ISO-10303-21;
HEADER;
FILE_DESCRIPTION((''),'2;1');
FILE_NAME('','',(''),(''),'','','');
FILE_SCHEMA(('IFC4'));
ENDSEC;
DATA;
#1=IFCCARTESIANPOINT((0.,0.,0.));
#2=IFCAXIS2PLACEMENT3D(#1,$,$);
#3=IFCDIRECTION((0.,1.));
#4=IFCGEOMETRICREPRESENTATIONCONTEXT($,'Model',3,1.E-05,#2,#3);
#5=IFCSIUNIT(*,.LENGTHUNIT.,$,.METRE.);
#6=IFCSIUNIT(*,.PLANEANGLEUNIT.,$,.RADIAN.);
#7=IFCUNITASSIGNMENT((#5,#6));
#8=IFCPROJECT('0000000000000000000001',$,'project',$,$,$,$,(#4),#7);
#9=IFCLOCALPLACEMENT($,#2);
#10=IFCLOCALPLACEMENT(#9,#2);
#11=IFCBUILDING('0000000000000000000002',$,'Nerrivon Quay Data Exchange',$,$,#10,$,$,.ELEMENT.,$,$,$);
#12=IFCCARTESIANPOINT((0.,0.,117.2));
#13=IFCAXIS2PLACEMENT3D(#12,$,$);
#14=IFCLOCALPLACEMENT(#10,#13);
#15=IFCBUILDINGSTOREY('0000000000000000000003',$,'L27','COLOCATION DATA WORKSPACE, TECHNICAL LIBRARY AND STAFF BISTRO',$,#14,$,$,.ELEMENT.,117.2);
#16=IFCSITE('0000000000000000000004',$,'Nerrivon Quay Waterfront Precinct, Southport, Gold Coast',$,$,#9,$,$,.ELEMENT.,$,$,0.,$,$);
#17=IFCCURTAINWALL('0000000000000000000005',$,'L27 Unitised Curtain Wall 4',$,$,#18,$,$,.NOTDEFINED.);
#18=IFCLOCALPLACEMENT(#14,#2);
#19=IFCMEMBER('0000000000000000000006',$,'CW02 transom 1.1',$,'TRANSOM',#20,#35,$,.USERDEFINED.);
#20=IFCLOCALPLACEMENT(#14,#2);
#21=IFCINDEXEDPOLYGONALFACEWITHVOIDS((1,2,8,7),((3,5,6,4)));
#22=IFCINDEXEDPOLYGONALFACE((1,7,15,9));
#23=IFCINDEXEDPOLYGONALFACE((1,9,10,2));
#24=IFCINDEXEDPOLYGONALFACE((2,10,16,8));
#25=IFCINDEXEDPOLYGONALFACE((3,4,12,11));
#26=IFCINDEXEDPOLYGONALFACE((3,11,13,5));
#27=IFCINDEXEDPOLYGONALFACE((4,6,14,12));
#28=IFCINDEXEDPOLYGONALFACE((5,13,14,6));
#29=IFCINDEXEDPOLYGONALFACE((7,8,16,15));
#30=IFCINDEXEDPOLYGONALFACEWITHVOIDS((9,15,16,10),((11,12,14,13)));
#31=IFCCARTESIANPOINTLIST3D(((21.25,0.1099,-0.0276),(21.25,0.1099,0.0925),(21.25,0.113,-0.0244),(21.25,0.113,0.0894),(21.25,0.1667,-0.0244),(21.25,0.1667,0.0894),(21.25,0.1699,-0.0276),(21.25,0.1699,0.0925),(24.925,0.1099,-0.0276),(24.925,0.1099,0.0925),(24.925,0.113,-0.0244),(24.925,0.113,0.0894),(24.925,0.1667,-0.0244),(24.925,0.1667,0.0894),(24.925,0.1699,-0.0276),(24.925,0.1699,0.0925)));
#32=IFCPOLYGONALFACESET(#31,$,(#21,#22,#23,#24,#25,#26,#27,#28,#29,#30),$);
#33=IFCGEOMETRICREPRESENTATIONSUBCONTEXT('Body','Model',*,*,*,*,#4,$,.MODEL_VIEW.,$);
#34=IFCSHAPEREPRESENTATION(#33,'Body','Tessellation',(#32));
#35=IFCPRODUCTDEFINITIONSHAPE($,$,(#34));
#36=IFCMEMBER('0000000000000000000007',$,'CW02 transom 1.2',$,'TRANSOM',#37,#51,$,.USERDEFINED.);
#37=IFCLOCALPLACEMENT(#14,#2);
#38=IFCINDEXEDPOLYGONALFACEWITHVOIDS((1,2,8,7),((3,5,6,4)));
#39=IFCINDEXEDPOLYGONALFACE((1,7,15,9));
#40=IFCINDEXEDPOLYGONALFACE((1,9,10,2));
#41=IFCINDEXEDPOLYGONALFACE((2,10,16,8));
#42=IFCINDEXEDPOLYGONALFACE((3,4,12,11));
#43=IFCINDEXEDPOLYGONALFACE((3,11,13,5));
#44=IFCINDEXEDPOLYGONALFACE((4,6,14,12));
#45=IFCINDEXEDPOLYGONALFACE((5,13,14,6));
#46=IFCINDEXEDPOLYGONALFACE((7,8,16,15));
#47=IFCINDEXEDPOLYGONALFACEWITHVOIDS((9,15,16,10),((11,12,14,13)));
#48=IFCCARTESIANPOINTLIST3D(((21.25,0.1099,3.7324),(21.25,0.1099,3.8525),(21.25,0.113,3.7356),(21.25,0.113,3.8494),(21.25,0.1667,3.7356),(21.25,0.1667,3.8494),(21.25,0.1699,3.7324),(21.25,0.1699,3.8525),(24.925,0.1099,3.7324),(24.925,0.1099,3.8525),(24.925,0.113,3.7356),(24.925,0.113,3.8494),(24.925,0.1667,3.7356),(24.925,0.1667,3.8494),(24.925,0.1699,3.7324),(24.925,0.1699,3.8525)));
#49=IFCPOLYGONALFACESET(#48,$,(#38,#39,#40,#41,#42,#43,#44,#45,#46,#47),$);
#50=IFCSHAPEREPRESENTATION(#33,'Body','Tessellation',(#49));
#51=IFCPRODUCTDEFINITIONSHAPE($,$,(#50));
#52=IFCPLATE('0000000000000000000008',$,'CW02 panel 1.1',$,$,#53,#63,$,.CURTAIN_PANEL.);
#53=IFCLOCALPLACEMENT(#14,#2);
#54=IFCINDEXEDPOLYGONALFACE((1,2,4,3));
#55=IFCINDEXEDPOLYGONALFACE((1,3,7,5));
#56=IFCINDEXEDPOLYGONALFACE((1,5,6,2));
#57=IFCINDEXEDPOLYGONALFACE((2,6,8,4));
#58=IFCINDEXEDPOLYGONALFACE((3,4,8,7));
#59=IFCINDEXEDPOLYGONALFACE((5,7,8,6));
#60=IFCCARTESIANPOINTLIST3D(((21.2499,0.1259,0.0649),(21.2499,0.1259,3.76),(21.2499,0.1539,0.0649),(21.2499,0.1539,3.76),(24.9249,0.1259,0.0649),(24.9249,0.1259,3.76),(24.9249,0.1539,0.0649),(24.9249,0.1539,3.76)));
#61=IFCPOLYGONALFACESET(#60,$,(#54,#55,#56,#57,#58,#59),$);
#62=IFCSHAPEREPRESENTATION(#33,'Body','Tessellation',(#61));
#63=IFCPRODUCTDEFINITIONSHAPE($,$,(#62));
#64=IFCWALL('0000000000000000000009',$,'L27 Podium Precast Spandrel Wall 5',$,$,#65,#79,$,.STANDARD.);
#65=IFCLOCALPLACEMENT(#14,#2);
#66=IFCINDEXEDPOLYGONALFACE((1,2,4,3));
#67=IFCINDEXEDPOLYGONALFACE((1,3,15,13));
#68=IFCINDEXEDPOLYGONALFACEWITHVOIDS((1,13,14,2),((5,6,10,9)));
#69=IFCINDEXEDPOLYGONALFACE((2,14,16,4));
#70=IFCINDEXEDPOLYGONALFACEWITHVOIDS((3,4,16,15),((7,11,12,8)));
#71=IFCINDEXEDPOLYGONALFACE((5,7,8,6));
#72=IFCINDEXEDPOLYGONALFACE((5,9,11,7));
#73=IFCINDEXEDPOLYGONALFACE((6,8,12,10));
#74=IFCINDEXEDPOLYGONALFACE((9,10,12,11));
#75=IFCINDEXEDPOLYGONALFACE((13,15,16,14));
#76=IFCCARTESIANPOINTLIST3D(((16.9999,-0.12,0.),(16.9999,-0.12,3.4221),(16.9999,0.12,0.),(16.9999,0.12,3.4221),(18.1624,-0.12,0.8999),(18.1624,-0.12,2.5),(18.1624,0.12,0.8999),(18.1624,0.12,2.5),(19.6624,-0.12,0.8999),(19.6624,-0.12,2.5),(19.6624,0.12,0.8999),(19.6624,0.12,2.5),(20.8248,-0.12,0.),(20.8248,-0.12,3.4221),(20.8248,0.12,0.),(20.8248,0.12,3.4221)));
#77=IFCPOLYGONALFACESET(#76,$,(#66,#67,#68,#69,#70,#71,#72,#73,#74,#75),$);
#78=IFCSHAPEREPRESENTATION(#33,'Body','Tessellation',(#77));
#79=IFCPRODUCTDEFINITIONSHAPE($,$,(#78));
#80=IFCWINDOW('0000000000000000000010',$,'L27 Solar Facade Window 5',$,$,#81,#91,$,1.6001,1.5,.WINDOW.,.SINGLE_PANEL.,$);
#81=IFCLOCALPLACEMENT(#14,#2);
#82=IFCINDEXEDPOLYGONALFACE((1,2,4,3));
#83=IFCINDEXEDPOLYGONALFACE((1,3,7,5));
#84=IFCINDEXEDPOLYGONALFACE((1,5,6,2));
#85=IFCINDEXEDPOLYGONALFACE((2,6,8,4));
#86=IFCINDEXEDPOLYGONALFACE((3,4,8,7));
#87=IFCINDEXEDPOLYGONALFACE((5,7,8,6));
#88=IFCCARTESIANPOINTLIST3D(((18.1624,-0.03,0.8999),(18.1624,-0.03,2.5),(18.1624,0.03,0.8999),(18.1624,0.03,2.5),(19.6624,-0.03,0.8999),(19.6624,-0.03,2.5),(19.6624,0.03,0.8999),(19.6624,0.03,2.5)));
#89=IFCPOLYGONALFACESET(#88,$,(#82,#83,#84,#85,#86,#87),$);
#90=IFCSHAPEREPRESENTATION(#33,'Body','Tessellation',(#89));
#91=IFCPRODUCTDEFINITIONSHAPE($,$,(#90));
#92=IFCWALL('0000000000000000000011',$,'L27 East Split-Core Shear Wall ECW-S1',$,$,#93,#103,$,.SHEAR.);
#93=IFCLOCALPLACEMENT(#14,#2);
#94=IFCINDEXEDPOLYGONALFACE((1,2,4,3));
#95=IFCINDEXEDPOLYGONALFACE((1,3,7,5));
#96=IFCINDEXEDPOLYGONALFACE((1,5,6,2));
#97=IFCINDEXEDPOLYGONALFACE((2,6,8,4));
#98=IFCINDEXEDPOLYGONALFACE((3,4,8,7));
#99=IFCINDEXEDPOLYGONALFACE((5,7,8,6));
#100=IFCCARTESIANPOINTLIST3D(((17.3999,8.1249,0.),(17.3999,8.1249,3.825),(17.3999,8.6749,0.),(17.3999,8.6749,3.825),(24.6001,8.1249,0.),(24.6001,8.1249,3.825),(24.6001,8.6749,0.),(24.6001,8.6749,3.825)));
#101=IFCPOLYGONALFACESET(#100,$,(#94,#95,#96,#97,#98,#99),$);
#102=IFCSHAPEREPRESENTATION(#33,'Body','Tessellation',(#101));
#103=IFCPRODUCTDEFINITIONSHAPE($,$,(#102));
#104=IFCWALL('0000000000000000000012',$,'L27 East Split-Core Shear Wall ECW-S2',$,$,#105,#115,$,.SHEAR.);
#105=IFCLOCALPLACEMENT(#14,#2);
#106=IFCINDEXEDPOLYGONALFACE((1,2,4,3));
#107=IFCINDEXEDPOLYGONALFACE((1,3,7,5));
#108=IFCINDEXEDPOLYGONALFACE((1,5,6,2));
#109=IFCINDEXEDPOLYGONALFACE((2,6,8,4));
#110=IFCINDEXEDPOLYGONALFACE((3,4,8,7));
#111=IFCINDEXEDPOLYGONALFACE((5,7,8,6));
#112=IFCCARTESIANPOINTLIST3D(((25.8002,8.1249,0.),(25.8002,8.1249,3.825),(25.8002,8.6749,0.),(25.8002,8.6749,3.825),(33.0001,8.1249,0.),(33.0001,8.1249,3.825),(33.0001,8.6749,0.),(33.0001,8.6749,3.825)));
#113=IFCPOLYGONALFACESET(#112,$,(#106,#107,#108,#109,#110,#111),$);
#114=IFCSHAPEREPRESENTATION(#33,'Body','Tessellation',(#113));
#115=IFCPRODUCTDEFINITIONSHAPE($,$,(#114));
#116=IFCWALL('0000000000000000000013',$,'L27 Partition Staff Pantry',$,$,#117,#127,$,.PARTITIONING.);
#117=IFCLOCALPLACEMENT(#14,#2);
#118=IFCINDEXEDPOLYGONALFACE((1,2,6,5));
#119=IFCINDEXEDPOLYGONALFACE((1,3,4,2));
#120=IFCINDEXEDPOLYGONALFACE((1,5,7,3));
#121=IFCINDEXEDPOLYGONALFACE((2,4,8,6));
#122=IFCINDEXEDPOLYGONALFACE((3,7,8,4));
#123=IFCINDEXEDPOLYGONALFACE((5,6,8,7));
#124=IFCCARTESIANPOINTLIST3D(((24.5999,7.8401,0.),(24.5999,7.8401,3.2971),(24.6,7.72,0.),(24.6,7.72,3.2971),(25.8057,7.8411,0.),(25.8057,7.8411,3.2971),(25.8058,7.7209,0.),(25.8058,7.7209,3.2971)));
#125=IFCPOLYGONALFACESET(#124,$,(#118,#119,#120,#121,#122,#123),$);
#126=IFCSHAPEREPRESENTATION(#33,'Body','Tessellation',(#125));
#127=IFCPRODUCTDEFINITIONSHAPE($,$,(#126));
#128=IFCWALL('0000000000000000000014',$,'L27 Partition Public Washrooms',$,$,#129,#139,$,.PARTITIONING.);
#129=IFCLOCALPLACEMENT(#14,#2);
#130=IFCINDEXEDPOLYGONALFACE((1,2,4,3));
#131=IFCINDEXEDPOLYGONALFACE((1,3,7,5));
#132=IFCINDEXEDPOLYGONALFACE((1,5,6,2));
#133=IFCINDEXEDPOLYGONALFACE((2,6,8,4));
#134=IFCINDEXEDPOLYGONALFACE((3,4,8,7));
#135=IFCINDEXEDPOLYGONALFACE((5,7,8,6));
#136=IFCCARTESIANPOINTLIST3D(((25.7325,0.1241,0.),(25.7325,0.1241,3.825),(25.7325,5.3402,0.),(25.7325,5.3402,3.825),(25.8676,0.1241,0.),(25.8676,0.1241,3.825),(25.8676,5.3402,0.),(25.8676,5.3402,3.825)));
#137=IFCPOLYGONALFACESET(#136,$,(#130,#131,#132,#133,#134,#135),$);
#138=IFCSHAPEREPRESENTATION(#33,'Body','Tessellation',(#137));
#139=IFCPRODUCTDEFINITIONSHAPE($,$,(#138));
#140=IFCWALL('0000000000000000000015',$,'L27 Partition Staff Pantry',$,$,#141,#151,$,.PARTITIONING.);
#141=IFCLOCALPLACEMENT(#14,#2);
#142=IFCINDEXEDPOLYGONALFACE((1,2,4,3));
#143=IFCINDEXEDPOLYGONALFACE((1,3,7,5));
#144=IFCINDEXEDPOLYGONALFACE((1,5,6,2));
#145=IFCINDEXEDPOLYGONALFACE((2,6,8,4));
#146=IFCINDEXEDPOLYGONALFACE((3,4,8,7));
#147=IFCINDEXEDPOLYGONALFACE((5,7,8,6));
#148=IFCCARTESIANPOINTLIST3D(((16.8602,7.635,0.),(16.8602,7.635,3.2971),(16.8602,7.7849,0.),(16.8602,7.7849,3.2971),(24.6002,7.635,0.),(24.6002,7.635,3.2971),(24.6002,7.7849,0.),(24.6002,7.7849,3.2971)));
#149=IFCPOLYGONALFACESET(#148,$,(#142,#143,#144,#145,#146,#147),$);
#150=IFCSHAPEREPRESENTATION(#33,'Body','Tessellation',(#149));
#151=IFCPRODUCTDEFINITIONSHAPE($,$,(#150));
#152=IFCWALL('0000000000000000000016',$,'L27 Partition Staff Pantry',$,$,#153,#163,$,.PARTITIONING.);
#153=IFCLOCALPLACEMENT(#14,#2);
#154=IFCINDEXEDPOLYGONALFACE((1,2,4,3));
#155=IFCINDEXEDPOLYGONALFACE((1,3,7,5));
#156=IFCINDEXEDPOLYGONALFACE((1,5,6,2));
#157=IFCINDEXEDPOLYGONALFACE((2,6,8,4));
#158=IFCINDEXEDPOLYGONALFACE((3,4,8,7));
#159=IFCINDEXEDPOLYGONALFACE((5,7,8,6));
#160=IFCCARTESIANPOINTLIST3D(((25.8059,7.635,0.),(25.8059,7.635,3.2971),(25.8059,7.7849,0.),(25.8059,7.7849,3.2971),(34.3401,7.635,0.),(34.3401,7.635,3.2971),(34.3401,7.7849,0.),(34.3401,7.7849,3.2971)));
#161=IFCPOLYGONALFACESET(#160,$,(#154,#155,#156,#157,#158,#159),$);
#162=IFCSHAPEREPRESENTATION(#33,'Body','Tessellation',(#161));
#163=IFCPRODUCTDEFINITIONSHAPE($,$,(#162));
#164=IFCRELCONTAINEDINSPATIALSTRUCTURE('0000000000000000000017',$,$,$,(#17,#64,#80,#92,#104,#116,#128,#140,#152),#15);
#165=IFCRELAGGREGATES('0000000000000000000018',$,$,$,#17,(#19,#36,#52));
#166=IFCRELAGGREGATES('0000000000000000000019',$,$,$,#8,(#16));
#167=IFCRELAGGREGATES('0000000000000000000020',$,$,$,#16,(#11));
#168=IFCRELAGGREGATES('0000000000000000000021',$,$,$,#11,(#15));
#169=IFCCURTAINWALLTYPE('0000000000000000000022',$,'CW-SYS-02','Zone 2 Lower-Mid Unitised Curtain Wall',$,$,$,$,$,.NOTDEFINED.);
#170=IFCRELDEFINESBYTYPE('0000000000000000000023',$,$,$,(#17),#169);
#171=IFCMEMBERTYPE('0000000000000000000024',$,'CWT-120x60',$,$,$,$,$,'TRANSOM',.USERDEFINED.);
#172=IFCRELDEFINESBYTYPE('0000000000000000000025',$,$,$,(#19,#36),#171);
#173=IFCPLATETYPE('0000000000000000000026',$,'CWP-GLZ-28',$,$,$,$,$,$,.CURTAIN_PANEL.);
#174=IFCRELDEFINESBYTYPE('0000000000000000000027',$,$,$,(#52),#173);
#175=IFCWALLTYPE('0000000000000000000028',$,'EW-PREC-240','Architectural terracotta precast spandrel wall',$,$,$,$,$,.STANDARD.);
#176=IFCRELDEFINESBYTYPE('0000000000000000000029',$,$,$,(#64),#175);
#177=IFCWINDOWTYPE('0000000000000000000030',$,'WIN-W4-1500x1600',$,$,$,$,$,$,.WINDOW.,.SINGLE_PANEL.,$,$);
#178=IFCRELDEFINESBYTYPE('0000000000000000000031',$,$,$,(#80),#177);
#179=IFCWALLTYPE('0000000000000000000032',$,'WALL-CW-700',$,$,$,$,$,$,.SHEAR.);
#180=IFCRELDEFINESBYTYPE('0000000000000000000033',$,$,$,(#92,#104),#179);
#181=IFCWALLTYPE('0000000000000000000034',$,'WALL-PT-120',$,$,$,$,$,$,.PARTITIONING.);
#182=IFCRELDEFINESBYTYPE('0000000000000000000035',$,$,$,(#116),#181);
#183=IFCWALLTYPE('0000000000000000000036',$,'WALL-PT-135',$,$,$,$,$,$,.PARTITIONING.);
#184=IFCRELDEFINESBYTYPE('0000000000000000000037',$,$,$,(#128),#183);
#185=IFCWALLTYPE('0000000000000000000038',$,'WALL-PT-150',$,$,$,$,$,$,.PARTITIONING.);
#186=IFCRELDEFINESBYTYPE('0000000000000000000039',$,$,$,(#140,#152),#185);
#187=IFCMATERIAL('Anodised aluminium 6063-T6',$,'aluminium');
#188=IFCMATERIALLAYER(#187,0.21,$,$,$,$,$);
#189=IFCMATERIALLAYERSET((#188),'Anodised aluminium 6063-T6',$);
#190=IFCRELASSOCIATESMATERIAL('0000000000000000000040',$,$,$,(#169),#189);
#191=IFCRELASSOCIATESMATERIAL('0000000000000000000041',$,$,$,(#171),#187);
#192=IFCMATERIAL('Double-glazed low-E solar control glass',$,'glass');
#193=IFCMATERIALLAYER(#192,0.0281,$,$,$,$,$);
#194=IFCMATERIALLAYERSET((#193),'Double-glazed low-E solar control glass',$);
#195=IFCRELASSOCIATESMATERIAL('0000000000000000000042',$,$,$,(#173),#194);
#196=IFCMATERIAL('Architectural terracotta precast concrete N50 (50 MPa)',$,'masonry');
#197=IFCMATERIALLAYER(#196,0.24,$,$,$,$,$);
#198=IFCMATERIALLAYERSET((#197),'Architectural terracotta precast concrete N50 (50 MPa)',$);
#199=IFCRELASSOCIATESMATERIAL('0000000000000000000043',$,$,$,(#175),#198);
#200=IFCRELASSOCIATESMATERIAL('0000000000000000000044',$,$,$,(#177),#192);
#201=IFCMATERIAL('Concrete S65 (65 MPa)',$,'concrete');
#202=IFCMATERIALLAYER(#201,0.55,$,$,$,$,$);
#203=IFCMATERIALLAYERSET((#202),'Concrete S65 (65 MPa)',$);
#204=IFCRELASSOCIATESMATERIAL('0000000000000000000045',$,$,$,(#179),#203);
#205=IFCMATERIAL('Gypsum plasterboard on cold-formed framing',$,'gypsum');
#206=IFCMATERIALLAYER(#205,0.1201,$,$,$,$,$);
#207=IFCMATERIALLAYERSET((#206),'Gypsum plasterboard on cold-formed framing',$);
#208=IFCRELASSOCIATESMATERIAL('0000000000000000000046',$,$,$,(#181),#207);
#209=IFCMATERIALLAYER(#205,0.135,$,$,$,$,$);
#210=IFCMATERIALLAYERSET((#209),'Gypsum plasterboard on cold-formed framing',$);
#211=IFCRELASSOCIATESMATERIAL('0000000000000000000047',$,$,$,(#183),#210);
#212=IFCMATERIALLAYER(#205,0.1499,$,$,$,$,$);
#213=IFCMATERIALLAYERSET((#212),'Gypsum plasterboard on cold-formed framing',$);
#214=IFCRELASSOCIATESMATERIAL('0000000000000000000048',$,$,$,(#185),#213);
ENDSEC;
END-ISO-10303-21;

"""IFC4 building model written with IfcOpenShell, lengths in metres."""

from ifc_helpers import new_model, si_unit, direction, frame, frame_2d, origin, origin_2d, place, context, subcontext, project, spatial, rectangle, hollow_rectangle, extrude, material, layer, layer_set, material_profile, profile_set, type_object, element, fill, aggregate, save


model = new_model("IFC4")

# Units and contexts
model_context = context("Model", 3, precision=1e-05, world=origin(), true_north=direction((0.0, 1.0)))
body_context = subcontext(model_context, "Body", "Model", "MODEL_VIEW")
ifc_project = project(units=[si_unit("LENGTHUNIT", "METRE"), si_unit("PLANEANGLEUNIT", "RADIAN")], contexts=[model_context])

# Site, building, storey
site_placement = place(None, origin())
site = spatial("IfcSite", under=ifc_project, at=site_placement, Name="Nerrivon Quay Waterfront Precinct, Southport, Gold Coast", CompositionType="ELEMENT", RefElevation=0.0)
building_placement = place(site_placement, origin())
building = spatial("IfcBuilding", under=site, at=building_placement, Name="Nerrivon Quay Data Exchange", CompositionType="ELEMENT")
storey_placement = place(building_placement, frame((0.0, 0.0, 117.2)))
storey = spatial("IfcBuildingStorey", under=building, at=storey_placement, Name="L27", Description="COLOCATION DATA WORKSPACE, TECHNICAL LIBRARY AND STAFF BISTRO", CompositionType="ELEMENT", Elevation=117.2)

# Shared definitions
ifc_material_1 = material(Name="Concrete S65 (65 MPa)", Category="concrete")

# Curtain wall, members, plate
ifc_material_2 = material(Name="Anodised aluminium 6063-T6", Category="aluminium")
ifc_layer_1 = layer(ifc_material_2, 0.21)
ifc_layer_set_1 = layer_set([ifc_layer_1], Name="Anodised aluminium 6063-T6")
curtain_wall_type = type_object("IfcCurtainWallType", Name="CW-SYS-02", Description="Zone 2 Lower-Mid Unitised Curtain Wall", PredefinedType="NOTDEFINED", material=ifc_layer_set_1)
curtain_wall_placement = place(storey_placement, origin())
curtain_wall = element("IfcCurtainWall", 1, at=curtain_wall_placement, inside=storey, type_object=curtain_wall_type, Name="L27 Unitised Curtain Wall 4", PredefinedType="NOTDEFINED")
ifc_material_profile_1 = material_profile(ifc_material_2, hollow_rectangle(XDim=0.0601, YDim=0.1201, WallThickness=0.0032, at=origin_2d()), Name="ALU-TRAN-120x60")
ifc_profile_set_1 = profile_set([ifc_material_profile_1], Name="Anodised aluminium 6063-T6")
member_type_1 = type_object("IfcMemberType", Name="CWT-120x60", ElementType="TRANSOM", PredefinedType="USERDEFINED", material=ifc_profile_set_1)
member_1_placement = place(storey_placement, frame((24.925, 0.1399, 0.0325), z_axis=(-1.0, 0.0, 0.0), x_axis=(0.0, -1.0, 0.0)))
member_1 = element("IfcMember", 2, at=member_1_placement, type_object=member_type_1, Name="CW02 transom 1.1", ObjectType="TRANSOM", PredefinedType="USERDEFINED", context=body_context, shape_type="SweptSolid", body=[
    extrude(hollow_rectangle(XDim=0.0601, YDim=0.1201, WallThickness=0.0032, at=origin_2d()), origin(), (0.0, 0.0, 1.0), 3.675),
])
member_2_placement = place(storey_placement, frame((24.925, 0.1399, 3.7925), z_axis=(-1.0, 0.0, 0.0), x_axis=(0.0, -1.0, 0.0)))
member_2 = element("IfcMember", 3, at=member_2_placement, type_object=member_type_1, Name="CW02 transom 1.2", ObjectType="TRANSOM", PredefinedType="USERDEFINED", context=body_context, shape_type="SweptSolid", body=[
    extrude(hollow_rectangle(XDim=0.0601, YDim=0.1201, WallThickness=0.0032, at=origin_2d()), origin(), (0.0, 0.0, 1.0), 3.675),
])
ifc_material_3 = material(Name="Double-glazed low-E solar control glass", Category="glass")
ifc_layer_2 = layer(ifc_material_3, 0.0281)
ifc_layer_set_2 = layer_set([ifc_layer_2], Name="Double-glazed low-E solar control glass")
plate_type = type_object("IfcPlateType", Name="CWP-GLZ-28", PredefinedType="CURTAIN_PANEL", material=ifc_layer_set_2)
plate_placement = place(storey_placement, frame((23.0874, 0.1399, 0.0649), z_axis=(0.0, 0.0, 1.0), x_axis=(-1.0, 0.0, 0.0)))
plate = element("IfcPlate", 4, at=plate_placement, type_object=plate_type, Name="CW02 panel 1.1", PredefinedType="CURTAIN_PANEL", context=body_context, shape_type="SweptSolid", body=[
    extrude(rectangle(XDim=3.675, YDim=0.0281, at=origin_2d()), origin(), (0.0, 0.0, 1.0), 3.6951),
])
aggregate(curtain_wall, [member_1, member_2, plate])

# Wall, opening, window
ifc_material_4 = material(Name="Architectural terracotta precast concrete N50 (50 MPa)", Category="masonry")
ifc_layer_3 = layer(ifc_material_4, 0.24)
ifc_layer_set_3 = layer_set([ifc_layer_3], Name="Architectural terracotta precast concrete N50 (50 MPa)")
wall_type_1 = type_object("IfcWallType", Name="EW-PREC-240", Description="Architectural terracotta precast spandrel wall", PredefinedType="STANDARD", material=ifc_layer_set_3)
wall_1_placement = place(storey_placement, frame((20.825, 0.0, 0.0), z_axis=(0.0, 0.0, 1.0), x_axis=(-1.0, 0.0, 0.0)))
wall_1 = element("IfcWall", 5, at=wall_1_placement, inside=storey, type_object=wall_type_1, Name="L27 Podium Precast Spandrel Wall 5", PredefinedType="STANDARD", context=body_context, shape_type="SweptSolid", body=[
    extrude(rectangle(XDim=3.825, YDim=0.24, at=frame_2d((1.9126, 0.0))), origin(), (0.0, 0.0, 1.0), 3.4221),
])
opening_1_placement = place(wall_1_placement, frame((1.1626, 0.0, 0.8999)))
opening_1 = element("IfcOpeningElement", 6, at=opening_1_placement, cuts=wall_1, PredefinedType="OPENING", context=body_context, shape_type="SweptSolid", body=[
    extrude(rectangle(XDim=1.5, YDim=1.6001, at=frame_2d((0.75, 0.8))), frame((0.0, 0.1299, 0.0), z_axis=(0.0, -1.0, 0.0), x_axis=(1.0, 0.0, 0.0)), (0.0, 0.0, 1.0), 0.26),
])
window_type = type_object("IfcWindowType", Name="WIN-W4-1500x1600", PartitioningType="SINGLE_PANEL", PredefinedType="WINDOW", material=ifc_material_3)
window_placement = place(opening_1_placement, origin())
window = element("IfcWindow", 7, at=window_placement, inside=storey, type_object=window_type, Name="L27 Solar Facade Window 5", OverallHeight=1.6001, OverallWidth=1.5, PartitioningType="SINGLE_PANEL", PredefinedType="WINDOW", context=body_context, shape_type="SweptSolid", body=[
    extrude(rectangle(XDim=1.5, YDim=1.6001, at=frame_2d((0.75, 0.8))), frame((0.0, 0.03, 0.0), z_axis=(0.0, -1.0, 0.0), x_axis=(1.0, 0.0, 0.0)), (0.0, 0.0, 1.0), 0.0601),
])
fill(opening_1, window)

# Walls
ifc_layer_4 = layer(ifc_material_1, 0.55)
ifc_layer_set_4 = layer_set([ifc_layer_4], Name="Concrete S65 (65 MPa)")
wall_type_2 = type_object("IfcWallType", Name="WALL-CW-700", PredefinedType="SHEAR", material=ifc_layer_set_4)
wall_2_placement = place(storey_placement, frame((17.3999, 8.3999, 0.0), z_axis=(0.0, 0.0, 1.0), x_axis=(1.0, 0.0, 0.0)))
element("IfcWall", 8, at=wall_2_placement, inside=storey, type_object=wall_type_2, Name="L27 East Split-Core Shear Wall ECW-S1", PredefinedType="SHEAR", context=body_context, shape_type="SweptSolid", body=[
    extrude(rectangle(XDim=7.2002, YDim=0.55, at=frame_2d((3.6001, 0.0))), origin(), (0.0, 0.0, 1.0), 3.825),
])
wall_3_placement = place(storey_placement, frame((25.8, 8.3999, 0.0), z_axis=(0.0, 0.0, 1.0), x_axis=(1.0, 0.0, 0.0)))
element("IfcWall", 9, at=wall_3_placement, inside=storey, type_object=wall_type_2, Name="L27 East Split-Core Shear Wall ECW-S2", PredefinedType="SHEAR", context=body_context, shape_type="SweptSolid", body=[
    extrude(rectangle(XDim=7.2, YDim=0.55, at=frame_2d((3.6001, 0.0))), origin(), (0.0, 0.0, 1.0), 3.825),
])
ifc_material_5 = material(Name="Gypsum plasterboard on cold-formed framing", Category="gypsum")
ifc_layer_5 = layer(ifc_material_5, 0.1201)
ifc_layer_set_5 = layer_set([ifc_layer_5], Name="Gypsum plasterboard on cold-formed framing")
wall_type_3 = type_object("IfcWallType", Name="WALL-PT-120", PredefinedType="PARTITIONING", material=ifc_layer_set_5)
wall_4_placement = place(storey_placement, frame((25.8059, 7.781, 0.0), z_axis=(0.0, 0.0, 1.0), x_axis=(-1.0, -0.00081, 0.0)))
element("IfcWall", 10, at=wall_4_placement, inside=storey, type_object=wall_type_3, Name="L27 Partition Staff Pantry", PredefinedType="PARTITIONING", context=body_context, shape_type="SweptSolid", body=[
    extrude(rectangle(XDim=1.2058, YDim=0.1201, at=frame_2d((0.603, 0.0))), origin(), (0.0, 0.0, 1.0), 3.2971),
])
ifc_layer_6 = layer(ifc_material_5, 0.135)
ifc_layer_set_6 = layer_set([ifc_layer_6], Name="Gypsum plasterboard on cold-formed framing")
wall_type_4 = type_object("IfcWallType", Name="WALL-PT-135", PredefinedType="PARTITIONING", material=ifc_layer_set_6)
wall_5_placement = place(storey_placement, frame((25.8, 5.3401, 0.0), z_axis=(0.0, 0.0, 1.0), x_axis=(0.0, -1.0, 0.0)))
element("IfcWall", 11, at=wall_5_placement, inside=storey, type_object=wall_type_4, Name="L27 Partition Public Washrooms", PredefinedType="PARTITIONING", context=body_context, shape_type="SweptSolid", body=[
    extrude(rectangle(XDim=5.2161, YDim=0.135, at=frame_2d((2.6079, 0.0))), origin(), (0.0, 0.0, 1.0), 3.825),
])
ifc_layer_7 = layer(ifc_material_5, 0.1499)
ifc_layer_set_7 = layer_set([ifc_layer_7], Name="Gypsum plasterboard on cold-formed framing")
wall_type_5 = type_object("IfcWallType", Name="WALL-PT-150", PredefinedType="PARTITIONING", material=ifc_layer_set_7)
wall_6_placement = place(storey_placement, frame((16.8601, 7.71, 0.0), z_axis=(0.0, 0.0, 1.0), x_axis=(1.0, 0.0, 0.0)))
element("IfcWall", 12, at=wall_6_placement, inside=storey, type_object=wall_type_5, Name="L27 Partition Staff Pantry", PredefinedType="PARTITIONING", context=body_context, shape_type="SweptSolid", body=[
    extrude(rectangle(XDim=7.74, YDim=0.1499, at=frame_2d((3.8701, 0.0))), origin(), (0.0, 0.0, 1.0), 3.2971),
])
wall_7_placement = place(storey_placement, frame((25.8059, 7.71, 0.0), z_axis=(0.0, 0.0, 1.0), x_axis=(1.0, 0.0, 0.0)))
element("IfcWall", 13, at=wall_7_placement, inside=storey, type_object=wall_type_5, Name="L27 Partition Staff Pantry", PredefinedType="PARTITIONING", context=body_context, shape_type="SweptSolid", body=[
    extrude(rectangle(XDim=8.5342, YDim=0.1499, at=frame_2d((4.2671, 0.0))), origin(), (0.0, 0.0, 1.0), 3.2971),
])

save(model, "model.ifc")
